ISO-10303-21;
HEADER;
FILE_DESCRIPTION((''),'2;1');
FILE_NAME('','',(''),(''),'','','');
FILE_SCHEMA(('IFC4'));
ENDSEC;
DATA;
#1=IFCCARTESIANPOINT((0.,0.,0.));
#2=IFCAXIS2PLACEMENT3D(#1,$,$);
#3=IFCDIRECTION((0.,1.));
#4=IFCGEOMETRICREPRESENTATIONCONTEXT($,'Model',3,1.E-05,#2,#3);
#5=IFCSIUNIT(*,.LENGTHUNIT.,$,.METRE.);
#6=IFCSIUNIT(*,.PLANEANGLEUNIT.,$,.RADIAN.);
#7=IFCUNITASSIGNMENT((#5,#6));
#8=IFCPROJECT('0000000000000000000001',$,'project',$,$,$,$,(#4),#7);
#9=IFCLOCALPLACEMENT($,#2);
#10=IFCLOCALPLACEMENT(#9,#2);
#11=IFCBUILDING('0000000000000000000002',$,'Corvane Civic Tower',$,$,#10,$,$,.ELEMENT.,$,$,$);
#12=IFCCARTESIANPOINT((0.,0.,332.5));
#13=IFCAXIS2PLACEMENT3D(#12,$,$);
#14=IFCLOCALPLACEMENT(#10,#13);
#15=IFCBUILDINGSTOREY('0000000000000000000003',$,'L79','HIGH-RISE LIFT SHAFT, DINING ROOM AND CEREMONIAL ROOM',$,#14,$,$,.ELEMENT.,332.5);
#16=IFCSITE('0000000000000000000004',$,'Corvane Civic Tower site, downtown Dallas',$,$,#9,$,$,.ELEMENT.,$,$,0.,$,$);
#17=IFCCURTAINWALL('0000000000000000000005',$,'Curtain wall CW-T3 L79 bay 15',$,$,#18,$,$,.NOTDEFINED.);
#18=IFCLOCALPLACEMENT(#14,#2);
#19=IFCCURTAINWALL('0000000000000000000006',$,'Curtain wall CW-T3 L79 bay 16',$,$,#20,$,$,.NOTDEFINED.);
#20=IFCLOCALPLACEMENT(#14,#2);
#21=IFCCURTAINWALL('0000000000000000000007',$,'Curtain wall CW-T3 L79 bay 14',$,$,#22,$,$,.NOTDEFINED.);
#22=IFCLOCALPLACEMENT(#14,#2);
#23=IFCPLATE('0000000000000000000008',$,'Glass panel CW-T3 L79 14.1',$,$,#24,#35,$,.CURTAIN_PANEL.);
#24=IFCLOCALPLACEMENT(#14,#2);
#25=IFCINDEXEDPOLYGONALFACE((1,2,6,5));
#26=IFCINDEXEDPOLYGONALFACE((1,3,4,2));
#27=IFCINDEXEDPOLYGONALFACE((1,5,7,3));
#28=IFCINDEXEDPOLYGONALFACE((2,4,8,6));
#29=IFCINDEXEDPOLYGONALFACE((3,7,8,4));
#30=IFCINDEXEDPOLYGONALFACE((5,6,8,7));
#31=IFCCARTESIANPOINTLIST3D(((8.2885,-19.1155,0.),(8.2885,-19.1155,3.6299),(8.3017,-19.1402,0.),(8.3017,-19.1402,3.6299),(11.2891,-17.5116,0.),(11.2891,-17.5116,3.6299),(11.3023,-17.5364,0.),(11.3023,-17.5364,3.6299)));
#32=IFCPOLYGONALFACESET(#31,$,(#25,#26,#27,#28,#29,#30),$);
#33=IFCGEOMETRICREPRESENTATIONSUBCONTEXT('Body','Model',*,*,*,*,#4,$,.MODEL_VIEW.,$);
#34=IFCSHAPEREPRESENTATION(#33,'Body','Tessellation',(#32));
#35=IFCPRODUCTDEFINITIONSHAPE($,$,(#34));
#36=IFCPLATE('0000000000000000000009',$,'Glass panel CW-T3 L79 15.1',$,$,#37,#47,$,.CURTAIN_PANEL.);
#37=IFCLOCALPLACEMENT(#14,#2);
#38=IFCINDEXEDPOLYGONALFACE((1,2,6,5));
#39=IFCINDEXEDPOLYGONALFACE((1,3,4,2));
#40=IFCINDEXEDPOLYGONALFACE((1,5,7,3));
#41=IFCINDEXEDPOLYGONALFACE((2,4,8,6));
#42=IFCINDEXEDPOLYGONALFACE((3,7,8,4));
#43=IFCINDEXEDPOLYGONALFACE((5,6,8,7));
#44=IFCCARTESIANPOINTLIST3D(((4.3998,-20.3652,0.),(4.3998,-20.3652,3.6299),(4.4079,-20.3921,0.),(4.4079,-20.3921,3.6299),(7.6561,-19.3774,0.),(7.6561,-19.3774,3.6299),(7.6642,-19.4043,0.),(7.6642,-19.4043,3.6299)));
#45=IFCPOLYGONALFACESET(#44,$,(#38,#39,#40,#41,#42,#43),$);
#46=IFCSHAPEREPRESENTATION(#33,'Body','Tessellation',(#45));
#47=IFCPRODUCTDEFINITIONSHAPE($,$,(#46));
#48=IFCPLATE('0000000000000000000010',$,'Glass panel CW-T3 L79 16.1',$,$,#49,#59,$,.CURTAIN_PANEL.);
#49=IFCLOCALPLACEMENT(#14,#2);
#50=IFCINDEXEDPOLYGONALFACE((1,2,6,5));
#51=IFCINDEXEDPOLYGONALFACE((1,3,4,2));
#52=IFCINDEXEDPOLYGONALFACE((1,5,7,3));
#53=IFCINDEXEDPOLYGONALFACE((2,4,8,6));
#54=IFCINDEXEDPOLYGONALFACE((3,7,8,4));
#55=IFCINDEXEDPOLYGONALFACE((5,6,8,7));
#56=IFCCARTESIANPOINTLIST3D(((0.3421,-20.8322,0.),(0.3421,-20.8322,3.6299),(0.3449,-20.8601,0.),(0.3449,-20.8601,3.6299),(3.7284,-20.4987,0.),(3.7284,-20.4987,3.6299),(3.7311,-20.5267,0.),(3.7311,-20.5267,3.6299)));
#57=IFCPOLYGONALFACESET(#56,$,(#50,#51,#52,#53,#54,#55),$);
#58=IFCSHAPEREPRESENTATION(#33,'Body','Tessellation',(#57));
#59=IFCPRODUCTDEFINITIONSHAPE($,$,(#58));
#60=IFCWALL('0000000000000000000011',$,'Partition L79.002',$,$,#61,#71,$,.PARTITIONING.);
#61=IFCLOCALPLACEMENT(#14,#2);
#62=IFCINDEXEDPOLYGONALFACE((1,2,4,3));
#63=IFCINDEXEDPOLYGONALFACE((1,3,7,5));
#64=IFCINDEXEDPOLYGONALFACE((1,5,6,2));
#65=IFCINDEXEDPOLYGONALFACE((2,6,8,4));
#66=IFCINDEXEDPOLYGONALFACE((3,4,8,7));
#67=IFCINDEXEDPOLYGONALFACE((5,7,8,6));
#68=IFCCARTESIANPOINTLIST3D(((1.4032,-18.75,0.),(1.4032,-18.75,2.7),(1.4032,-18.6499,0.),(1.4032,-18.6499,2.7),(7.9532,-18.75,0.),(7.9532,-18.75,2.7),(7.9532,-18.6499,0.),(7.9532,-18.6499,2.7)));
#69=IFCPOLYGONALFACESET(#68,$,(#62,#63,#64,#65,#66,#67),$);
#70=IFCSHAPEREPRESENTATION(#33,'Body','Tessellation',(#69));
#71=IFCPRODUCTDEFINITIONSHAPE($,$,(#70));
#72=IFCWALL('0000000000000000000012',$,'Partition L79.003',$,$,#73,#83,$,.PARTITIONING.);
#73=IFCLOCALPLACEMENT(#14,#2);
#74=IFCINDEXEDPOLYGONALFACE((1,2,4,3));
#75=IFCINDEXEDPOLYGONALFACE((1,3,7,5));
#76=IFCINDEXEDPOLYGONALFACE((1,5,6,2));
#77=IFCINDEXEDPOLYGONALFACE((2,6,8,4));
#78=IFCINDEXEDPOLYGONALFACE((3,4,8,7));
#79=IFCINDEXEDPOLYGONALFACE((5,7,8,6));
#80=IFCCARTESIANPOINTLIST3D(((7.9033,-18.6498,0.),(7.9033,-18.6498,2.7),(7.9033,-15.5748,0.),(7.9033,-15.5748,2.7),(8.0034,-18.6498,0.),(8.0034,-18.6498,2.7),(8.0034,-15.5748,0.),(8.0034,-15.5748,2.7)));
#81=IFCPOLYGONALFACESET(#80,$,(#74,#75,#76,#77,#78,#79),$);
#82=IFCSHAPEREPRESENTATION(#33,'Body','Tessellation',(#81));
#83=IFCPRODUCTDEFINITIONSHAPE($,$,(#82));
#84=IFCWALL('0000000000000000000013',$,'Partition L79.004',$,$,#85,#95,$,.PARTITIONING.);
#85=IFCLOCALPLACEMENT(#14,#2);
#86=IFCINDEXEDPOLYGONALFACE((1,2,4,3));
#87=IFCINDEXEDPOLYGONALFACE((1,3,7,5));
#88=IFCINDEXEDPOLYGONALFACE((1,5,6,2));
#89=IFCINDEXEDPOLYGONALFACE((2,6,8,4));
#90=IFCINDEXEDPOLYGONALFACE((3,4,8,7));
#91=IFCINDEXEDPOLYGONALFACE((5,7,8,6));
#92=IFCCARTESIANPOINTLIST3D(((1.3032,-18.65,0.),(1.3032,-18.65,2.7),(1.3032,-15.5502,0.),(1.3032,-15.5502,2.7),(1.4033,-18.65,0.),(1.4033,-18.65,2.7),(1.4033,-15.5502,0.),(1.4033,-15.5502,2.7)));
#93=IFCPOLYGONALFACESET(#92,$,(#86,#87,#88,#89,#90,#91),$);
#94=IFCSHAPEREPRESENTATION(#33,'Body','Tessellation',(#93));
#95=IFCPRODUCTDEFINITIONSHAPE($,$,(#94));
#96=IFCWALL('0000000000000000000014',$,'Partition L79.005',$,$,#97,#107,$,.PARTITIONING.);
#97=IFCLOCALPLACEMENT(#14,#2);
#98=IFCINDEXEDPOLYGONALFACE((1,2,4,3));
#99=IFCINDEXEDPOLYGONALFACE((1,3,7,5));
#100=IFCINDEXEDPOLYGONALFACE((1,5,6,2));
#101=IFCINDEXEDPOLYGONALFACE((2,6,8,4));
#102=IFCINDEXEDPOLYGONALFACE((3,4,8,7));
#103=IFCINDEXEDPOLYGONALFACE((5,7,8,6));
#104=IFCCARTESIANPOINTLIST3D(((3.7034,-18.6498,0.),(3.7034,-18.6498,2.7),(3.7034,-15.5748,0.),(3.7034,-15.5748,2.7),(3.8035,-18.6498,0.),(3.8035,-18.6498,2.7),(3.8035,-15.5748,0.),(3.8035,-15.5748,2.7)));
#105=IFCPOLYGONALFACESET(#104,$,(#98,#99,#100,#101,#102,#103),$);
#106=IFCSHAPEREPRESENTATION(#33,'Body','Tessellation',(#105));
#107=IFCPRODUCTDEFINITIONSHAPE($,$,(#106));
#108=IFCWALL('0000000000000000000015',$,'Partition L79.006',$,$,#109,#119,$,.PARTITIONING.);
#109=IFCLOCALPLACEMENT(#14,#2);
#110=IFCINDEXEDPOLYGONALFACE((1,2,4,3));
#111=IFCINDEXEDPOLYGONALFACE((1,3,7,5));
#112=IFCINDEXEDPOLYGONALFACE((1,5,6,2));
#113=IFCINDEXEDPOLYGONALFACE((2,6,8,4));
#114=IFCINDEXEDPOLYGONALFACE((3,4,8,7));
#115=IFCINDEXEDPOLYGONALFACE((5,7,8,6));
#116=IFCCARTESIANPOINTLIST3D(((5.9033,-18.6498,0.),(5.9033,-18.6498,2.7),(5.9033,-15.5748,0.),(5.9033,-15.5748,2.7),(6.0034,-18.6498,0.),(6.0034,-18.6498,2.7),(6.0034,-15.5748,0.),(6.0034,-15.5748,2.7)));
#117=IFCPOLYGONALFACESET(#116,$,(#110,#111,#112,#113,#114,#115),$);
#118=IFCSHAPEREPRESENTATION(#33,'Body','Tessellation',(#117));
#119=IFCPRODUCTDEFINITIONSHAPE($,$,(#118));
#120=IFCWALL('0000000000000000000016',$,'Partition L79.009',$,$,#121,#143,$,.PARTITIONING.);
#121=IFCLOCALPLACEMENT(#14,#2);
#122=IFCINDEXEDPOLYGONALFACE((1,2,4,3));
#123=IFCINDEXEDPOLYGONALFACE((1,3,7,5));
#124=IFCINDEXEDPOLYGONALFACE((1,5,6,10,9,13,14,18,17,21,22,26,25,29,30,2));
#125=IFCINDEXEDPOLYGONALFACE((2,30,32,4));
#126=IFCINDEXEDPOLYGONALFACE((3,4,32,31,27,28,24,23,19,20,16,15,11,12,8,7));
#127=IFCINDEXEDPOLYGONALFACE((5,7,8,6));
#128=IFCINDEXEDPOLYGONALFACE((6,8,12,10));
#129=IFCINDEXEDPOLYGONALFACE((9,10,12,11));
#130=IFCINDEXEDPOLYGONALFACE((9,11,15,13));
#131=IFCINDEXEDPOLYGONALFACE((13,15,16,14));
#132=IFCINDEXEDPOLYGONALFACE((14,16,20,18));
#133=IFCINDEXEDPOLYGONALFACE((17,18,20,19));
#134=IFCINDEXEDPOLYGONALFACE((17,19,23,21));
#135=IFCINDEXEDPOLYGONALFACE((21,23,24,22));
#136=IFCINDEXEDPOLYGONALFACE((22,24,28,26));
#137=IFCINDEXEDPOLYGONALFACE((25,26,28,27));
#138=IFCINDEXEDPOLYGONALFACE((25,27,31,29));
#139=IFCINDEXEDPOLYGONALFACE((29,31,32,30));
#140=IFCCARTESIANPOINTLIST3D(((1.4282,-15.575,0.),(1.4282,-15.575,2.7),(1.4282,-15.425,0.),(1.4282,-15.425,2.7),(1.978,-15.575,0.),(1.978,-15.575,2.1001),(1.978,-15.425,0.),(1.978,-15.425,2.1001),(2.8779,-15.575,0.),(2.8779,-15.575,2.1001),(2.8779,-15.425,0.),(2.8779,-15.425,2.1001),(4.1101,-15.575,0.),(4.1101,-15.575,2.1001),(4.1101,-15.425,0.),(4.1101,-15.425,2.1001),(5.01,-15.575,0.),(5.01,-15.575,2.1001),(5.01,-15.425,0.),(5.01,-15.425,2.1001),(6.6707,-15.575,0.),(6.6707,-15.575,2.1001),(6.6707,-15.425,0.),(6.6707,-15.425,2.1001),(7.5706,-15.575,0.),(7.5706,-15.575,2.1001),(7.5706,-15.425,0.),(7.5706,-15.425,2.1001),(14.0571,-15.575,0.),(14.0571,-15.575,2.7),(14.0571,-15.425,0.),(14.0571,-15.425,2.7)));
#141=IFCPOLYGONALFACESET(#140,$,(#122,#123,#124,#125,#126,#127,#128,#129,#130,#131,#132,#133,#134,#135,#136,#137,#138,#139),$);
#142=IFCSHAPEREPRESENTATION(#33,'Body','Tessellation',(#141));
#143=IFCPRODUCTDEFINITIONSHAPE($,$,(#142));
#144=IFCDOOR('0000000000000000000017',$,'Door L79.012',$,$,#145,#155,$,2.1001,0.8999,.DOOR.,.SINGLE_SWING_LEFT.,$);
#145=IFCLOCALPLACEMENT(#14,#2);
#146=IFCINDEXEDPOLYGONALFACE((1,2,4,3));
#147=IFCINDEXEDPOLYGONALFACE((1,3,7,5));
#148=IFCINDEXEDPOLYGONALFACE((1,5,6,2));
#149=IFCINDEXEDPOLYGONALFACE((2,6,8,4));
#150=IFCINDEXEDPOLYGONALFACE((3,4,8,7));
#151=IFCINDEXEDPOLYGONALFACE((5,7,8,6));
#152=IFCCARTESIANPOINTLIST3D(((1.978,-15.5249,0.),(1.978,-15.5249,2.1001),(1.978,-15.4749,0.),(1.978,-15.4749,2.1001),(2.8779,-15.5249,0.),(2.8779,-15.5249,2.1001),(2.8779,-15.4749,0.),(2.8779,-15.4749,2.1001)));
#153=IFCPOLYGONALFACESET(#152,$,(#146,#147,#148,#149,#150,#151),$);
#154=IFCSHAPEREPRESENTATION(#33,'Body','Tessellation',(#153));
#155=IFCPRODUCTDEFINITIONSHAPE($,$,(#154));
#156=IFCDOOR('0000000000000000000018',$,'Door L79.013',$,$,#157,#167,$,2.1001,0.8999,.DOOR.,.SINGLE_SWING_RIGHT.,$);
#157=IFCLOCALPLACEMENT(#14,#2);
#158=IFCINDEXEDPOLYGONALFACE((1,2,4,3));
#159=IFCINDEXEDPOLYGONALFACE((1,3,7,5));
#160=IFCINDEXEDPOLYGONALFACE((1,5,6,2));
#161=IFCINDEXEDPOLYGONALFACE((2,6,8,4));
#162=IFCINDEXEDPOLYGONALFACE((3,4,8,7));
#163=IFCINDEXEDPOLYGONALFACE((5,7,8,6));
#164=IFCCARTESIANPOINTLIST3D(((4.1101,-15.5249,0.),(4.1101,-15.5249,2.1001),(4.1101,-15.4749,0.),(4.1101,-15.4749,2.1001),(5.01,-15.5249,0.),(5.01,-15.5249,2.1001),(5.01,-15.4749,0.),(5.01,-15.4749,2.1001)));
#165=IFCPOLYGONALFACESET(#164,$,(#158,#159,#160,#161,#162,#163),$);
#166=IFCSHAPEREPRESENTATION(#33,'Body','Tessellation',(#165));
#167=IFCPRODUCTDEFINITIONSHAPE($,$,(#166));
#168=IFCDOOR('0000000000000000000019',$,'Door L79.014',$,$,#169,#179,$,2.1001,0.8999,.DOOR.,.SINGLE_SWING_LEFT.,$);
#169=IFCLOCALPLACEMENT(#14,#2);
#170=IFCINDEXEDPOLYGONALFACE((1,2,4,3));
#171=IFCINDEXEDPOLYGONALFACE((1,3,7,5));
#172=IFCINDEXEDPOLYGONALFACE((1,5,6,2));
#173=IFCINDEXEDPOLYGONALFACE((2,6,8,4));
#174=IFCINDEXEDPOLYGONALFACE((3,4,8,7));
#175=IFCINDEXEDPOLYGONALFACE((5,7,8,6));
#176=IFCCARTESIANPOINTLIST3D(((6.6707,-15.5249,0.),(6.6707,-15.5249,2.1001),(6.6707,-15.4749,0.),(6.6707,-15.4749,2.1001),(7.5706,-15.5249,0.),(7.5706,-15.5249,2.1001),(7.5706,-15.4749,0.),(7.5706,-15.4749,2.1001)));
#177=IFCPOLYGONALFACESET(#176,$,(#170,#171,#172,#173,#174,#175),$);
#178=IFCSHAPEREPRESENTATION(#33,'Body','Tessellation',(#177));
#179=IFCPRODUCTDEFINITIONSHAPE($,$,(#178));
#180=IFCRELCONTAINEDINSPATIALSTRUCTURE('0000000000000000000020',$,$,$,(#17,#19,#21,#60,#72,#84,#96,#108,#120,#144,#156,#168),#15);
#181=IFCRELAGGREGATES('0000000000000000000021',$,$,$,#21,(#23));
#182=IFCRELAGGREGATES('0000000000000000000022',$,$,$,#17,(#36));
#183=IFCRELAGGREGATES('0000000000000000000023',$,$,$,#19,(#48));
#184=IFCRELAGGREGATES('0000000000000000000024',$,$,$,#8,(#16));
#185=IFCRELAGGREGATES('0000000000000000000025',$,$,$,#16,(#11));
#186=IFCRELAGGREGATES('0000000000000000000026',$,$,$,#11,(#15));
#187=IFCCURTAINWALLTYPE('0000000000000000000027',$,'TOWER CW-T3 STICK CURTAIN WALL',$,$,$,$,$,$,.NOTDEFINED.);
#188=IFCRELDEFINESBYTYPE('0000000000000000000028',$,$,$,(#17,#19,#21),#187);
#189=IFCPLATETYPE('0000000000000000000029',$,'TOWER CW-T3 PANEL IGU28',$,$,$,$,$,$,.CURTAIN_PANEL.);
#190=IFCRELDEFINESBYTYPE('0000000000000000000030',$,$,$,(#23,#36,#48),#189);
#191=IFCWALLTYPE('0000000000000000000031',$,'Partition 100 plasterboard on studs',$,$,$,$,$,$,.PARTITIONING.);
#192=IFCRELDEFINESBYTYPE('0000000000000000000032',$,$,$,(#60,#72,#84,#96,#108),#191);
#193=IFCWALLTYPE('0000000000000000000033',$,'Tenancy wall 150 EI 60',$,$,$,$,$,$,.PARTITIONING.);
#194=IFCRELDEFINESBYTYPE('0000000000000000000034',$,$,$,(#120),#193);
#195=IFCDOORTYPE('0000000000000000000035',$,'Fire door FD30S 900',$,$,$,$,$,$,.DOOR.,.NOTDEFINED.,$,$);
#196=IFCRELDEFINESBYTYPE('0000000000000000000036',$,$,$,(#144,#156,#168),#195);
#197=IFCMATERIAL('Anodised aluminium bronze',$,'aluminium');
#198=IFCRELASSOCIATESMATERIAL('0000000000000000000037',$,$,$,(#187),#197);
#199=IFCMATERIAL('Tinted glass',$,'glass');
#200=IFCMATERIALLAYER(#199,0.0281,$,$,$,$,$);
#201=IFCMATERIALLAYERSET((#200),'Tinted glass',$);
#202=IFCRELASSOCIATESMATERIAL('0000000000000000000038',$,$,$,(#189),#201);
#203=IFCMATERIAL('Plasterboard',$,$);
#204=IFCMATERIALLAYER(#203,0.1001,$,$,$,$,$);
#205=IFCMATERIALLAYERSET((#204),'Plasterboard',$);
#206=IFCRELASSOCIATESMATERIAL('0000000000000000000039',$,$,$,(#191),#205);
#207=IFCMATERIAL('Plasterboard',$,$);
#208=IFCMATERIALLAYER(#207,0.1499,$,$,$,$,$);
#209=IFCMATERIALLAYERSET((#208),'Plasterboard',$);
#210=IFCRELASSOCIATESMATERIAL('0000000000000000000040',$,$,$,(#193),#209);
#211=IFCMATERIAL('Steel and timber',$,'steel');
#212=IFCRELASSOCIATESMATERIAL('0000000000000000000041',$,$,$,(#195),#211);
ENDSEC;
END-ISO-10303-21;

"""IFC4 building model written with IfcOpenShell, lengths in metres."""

from ifc_helpers import new_model, si_unit, direction, frame, frame_2d, origin, origin_2d, place, context, subcontext, project, spatial, rectangle, extrude, material, layer, layer_set, type_object, element, fill, aggregate, save


model = new_model("IFC4")

# Units and contexts
model_context = context("Model", 3, precision=1e-05, world=origin(), true_north=direction((0.0, 1.0)))
body_context = subcontext(model_context, "Body", "Model", "MODEL_VIEW")
ifc_project = project(units=[si_unit("LENGTHUNIT", "METRE"), si_unit("PLANEANGLEUNIT", "RADIAN")], contexts=[model_context])

# Site, building, storey
site_placement = place(None, origin())
site = spatial("IfcSite", under=ifc_project, at=site_placement, Name="Corvane Civic Tower site, downtown Dallas", CompositionType="ELEMENT", RefElevation=0.0)
building_placement = place(site_placement, origin())
building = spatial("IfcBuilding", under=site, at=building_placement, Name="Corvane Civic Tower", CompositionType="ELEMENT")
storey_placement = place(building_placement, frame((0.0, 0.0, 332.5)))
storey = spatial("IfcBuildingStorey", under=building, at=storey_placement, Name="L79", Description="HIGH-RISE LIFT SHAFT, DINING ROOM AND CEREMONIAL ROOM", CompositionType="ELEMENT", Elevation=332.5)

# Curtain walls
ifc_material_1 = material(Name="Anodised aluminium bronze", Category="aluminium")
curtain_wall_type = type_object("IfcCurtainWallType", Name="TOWER CW-T3 STICK CURTAIN WALL", PredefinedType="NOTDEFINED", material=ifc_material_1)
curtain_wall_1_placement = place(storey_placement, origin())
curtain_wall_1 = element("IfcCurtainWall", 1, at=curtain_wall_1_placement, inside=storey, type_object=curtain_wall_type, Name="Curtain wall CW-T3 L79 bay 15", PredefinedType="NOTDEFINED")
curtain_wall_2_placement = place(storey_placement, origin())
curtain_wall_2 = element("IfcCurtainWall", 2, at=curtain_wall_2_placement, inside=storey, type_object=curtain_wall_type, Name="Curtain wall CW-T3 L79 bay 16", PredefinedType="NOTDEFINED")

# Curtain wall, plate
curtain_wall_3_placement = place(storey_placement, origin())
curtain_wall_3 = element("IfcCurtainWall", 3, at=curtain_wall_3_placement, inside=storey, type_object=curtain_wall_type, Name="Curtain wall CW-T3 L79 bay 14", PredefinedType="NOTDEFINED")
ifc_material_2 = material(Name="Tinted glass", Category="glass")
ifc_layer_1 = layer(ifc_material_2, 0.0281)
ifc_layer_set_1 = layer_set([ifc_layer_1], Name="Tinted glass")
plate_type = type_object("IfcPlateType", Name="TOWER CW-T3 PANEL IGU28", PredefinedType="CURTAIN_PANEL", material=ifc_layer_set_1)
plate_1_placement = place(storey_placement, frame((9.7954, -18.3259, 0.0), z_axis=(0.0, 0.0, 1.0), x_axis=(-0.881928, -0.471384, 0.0)))
plate_1 = element("IfcPlate", 4, at=plate_1_placement, type_object=plate_type, Name="Glass panel CW-T3 L79 14.1", PredefinedType="CURTAIN_PANEL", context=body_context, shape_type="SweptSolid", body=[
    extrude(rectangle(XDim=3.4023, YDim=0.0281, at=origin_2d()), origin(), (0.0, 0.0, 1.0), 3.6299),
])
aggregate(curtain_wall_3, [plate_1])

# Plates
plate_2_placement = place(storey_placement, frame((6.032, -19.8848, 0.0), z_axis=(0.0, 0.0, 1.0), x_axis=(-0.956939, -0.29029, 0.0)))
plate_2 = element("IfcPlate", 5, at=plate_2_placement, type_object=plate_type, Name="Glass panel CW-T3 L79 15.1", PredefinedType="CURTAIN_PANEL", context=body_context, shape_type="SweptSolid", body=[
    extrude(rectangle(XDim=3.4028, YDim=0.0281, at=origin_2d()), origin(), (0.0, 0.0, 1.0), 3.6299),
])
aggregate(curtain_wall_1, [plate_2])
plate_3_placement = place(storey_placement, frame((2.0366, -20.6794, 0.0), z_axis=(0.0, 0.0, 1.0), x_axis=(-0.995187, -0.097998, 0.0)))
plate_3 = element("IfcPlate", 6, at=plate_3_placement, type_object=plate_type, Name="Glass panel CW-T3 L79 16.1", PredefinedType="CURTAIN_PANEL", context=body_context, shape_type="SweptSolid", body=[
    extrude(rectangle(XDim=3.4026, YDim=0.0281, at=origin_2d()), origin(), (0.0, 0.0, 1.0), 3.6299),
])
aggregate(curtain_wall_2, [plate_3])

# Walls
ifc_material_3 = material(Name="Plasterboard")
ifc_layer_2 = layer(ifc_material_3, 0.1001)
ifc_layer_set_2 = layer_set([ifc_layer_2], Name="Plasterboard")
wall_type_1 = type_object("IfcWallType", Name="Partition 100 plasterboard on studs", PredefinedType="PARTITIONING", material=ifc_layer_set_2)
wall_1_placement = place(storey_placement, frame((1.4033, -18.7, 0.0), z_axis=(0.0, 0.0, 1.0), x_axis=(1.0, 0.0, 0.0)))
element("IfcWall", 7, at=wall_1_placement, inside=storey, type_object=wall_type_1, Name="Partition L79.002", PredefinedType="PARTITIONING", context=body_context, shape_type="SweptSolid", body=[
    extrude(rectangle(XDim=6.55, YDim=0.1001, at=frame_2d((3.2749, 0.0))), origin(), (0.0, 0.0, 1.0), 2.7),
])
wall_2_placement = place(storey_placement, frame((7.9534, -18.6499, 0.0), z_axis=(0.0, 0.0, 1.0), x_axis=(0.0, 1.0, 0.0)))
element("IfcWall", 8, at=wall_2_placement, inside=storey, type_object=wall_type_1, Name="Partition L79.003", PredefinedType="PARTITIONING", context=body_context, shape_type="SweptSolid", body=[
    extrude(rectangle(XDim=3.075, YDim=0.1001, at=frame_2d((1.5376, 0.0))), origin(), (0.0, 0.0, 1.0), 2.7),
])
wall_3_placement = place(storey_placement, frame((1.3533, -18.6499, 0.0), z_axis=(0.0, 0.0, 1.0), x_axis=(0.0, 1.0, 0.0)))
element("IfcWall", 9, at=wall_3_placement, inside=storey, type_object=wall_type_1, Name="Partition L79.004", PredefinedType="PARTITIONING", context=body_context, shape_type="SweptSolid", body=[
    extrude(rectangle(XDim=3.0999, YDim=0.1001, at=frame_2d((1.5498, 0.0))), origin(), (0.0, 0.0, 1.0), 2.7),
])
for number, where, z_axis, x_axis, name in (
    (10, (3.7534, -18.6499, 0.0), (0.0, 0.0, 1.0), (0.0, 1.0, 0.0), "Partition L79.005"),
    (11, (5.9534, -18.6499, 0.0), (0.0, 0.0, 1.0), (0.0, 1.0, 0.0), "Partition L79.006"),
):
    element("IfcWall", number, at=place(storey_placement, frame(where, z_axis=z_axis, x_axis=x_axis)), inside=storey, type_object=wall_type_1, Name=name, PredefinedType="PARTITIONING", context=body_context, shape_type="SweptSolid", body=[
        extrude(rectangle(XDim=3.075, YDim=0.1001, at=frame_2d((1.5376, 0.0))), origin(), (0.0, 0.0, 1.0), 2.7),
    ])

# Wall, openings, doors
ifc_material_4 = material(Name="Plasterboard")
ifc_layer_3 = layer(ifc_material_4, 0.1499)
ifc_layer_set_3 = layer_set([ifc_layer_3], Name="Plasterboard")
wall_type_2 = type_object("IfcWallType", Name="Tenancy wall 150 EI 60", PredefinedType="PARTITIONING", material=ifc_layer_set_3)
wall_4_placement = place(storey_placement, frame((1.4282, -15.5, 0.0), z_axis=(0.0, 0.0, 1.0), x_axis=(1.0, 0.0, 0.0)))
wall_4 = element("IfcWall", 12, at=wall_4_placement, inside=storey, type_object=wall_type_2, Name="Partition L79.009", PredefinedType="PARTITIONING", context=body_context, shape_type="SweptSolid", body=[
    extrude(rectangle(XDim=12.6289, YDim=0.1499, at=frame_2d((6.3145, 0.0))), origin(), (0.0, 0.0, 1.0), 2.7),
])
opening_1_placement = place(wall_4_placement, frame((0.5498, 0.0, 0.0)))
opening_1 = element("IfcOpeningElement", 13, at=opening_1_placement, cuts=wall_4, PredefinedType="OPENING", context=body_context, shape_type="SweptSolid", body=[
    extrude(rectangle(XDim=0.8999, YDim=2.1001, at=frame_2d((0.45, 1.05))), frame((0.0, 0.085, 0.0), z_axis=(0.0, -1.0, 0.0), x_axis=(1.0, 0.0, 0.0)), (0.0, 0.0, 1.0), 0.1699),
])
opening_2_placement = place(wall_4_placement, frame((2.6819, 0.0, 0.0)))
opening_2 = element("IfcOpeningElement", 14, at=opening_2_placement, cuts=wall_4, PredefinedType="OPENING", context=body_context, shape_type="SweptSolid", body=[
    extrude(rectangle(XDim=0.8999, YDim=2.1001, at=frame_2d((0.45, 1.05))), frame((0.0, 0.085, 0.0), z_axis=(0.0, -1.0, 0.0), x_axis=(1.0, 0.0, 0.0)), (0.0, 0.0, 1.0), 0.1699),
])
opening_3_placement = place(wall_4_placement, frame((5.2424, 0.0, 0.0)))
opening_3 = element("IfcOpeningElement", 15, at=opening_3_placement, cuts=wall_4, PredefinedType="OPENING", context=body_context, shape_type="SweptSolid", body=[
    extrude(rectangle(XDim=0.8999, YDim=2.1001, at=frame_2d((0.45, 1.05))), frame((0.0, 0.085, 0.0), z_axis=(0.0, -1.0, 0.0), x_axis=(1.0, 0.0, 0.0)), (0.0, 0.0, 1.0), 0.1699),
])
ifc_material_5 = material(Name="Steel and timber", Category="steel")
door_type = type_object("IfcDoorType", Name="Fire door FD30S 900", OperationType="NOTDEFINED", PredefinedType="DOOR", material=ifc_material_5)
door_1_placement = place(opening_1_placement, frame((0.8999, 0.0, 0.0), z_axis=(0.0, 0.0, 1.0), x_axis=(-1.0, 0.0, 0.0)))
door_1 = element("IfcDoor", 16, at=door_1_placement, inside=storey, type_object=door_type, Name="Door L79.012", OperationType="SINGLE_SWING_LEFT", OverallHeight=2.1001, OverallWidth=0.8999, PredefinedType="DOOR", context=body_context, shape_type="SweptSolid", body=[
    extrude(rectangle(XDim=0.8999, YDim=2.1001, at=frame_2d((0.45, 1.05))), frame((0.0, 0.0249, 0.0), z_axis=(0.0, -1.0, 0.0), x_axis=(1.0, 0.0, 0.0)), (0.0, 0.0, 1.0), 0.05),
])
fill(opening_1, door_1)
door_2_placement = place(opening_2_placement, frame((0.8999, 0.0, 0.0), z_axis=(0.0, 0.0, 1.0), x_axis=(-1.0, 0.0, 0.0)))
door_2 = element("IfcDoor", 17, at=door_2_placement, inside=storey, type_object=door_type, Name="Door L79.013", OperationType="SINGLE_SWING_RIGHT", OverallHeight=2.1001, OverallWidth=0.8999, PredefinedType="DOOR", context=body_context, shape_type="SweptSolid", body=[
    extrude(rectangle(XDim=0.8999, YDim=2.1001, at=frame_2d((0.45, 1.05))), frame((0.0, 0.0249, 0.0), z_axis=(0.0, -1.0, 0.0), x_axis=(1.0, 0.0, 0.0)), (0.0, 0.0, 1.0), 0.05),
])
fill(opening_2, door_2)
door_3_placement = place(opening_3_placement, frame((0.8999, 0.0, 0.0), z_axis=(0.0, 0.0, 1.0), x_axis=(-1.0, 0.0, 0.0)))
door_3 = element("IfcDoor", 18, at=door_3_placement, inside=storey, type_object=door_type, Name="Door L79.014", OperationType="SINGLE_SWING_LEFT", OverallHeight=2.1001, OverallWidth=0.8999, PredefinedType="DOOR", context=body_context, shape_type="SweptSolid", body=[
    extrude(rectangle(XDim=0.8999, YDim=2.1001, at=frame_2d((0.45, 1.05))), frame((0.0, 0.0249, 0.0), z_axis=(0.0, -1.0, 0.0), x_axis=(1.0, 0.0, 0.0)), (0.0, 0.0, 1.0), 0.05),
])
fill(opening_3, door_3)

save(model, "model.ifc")
